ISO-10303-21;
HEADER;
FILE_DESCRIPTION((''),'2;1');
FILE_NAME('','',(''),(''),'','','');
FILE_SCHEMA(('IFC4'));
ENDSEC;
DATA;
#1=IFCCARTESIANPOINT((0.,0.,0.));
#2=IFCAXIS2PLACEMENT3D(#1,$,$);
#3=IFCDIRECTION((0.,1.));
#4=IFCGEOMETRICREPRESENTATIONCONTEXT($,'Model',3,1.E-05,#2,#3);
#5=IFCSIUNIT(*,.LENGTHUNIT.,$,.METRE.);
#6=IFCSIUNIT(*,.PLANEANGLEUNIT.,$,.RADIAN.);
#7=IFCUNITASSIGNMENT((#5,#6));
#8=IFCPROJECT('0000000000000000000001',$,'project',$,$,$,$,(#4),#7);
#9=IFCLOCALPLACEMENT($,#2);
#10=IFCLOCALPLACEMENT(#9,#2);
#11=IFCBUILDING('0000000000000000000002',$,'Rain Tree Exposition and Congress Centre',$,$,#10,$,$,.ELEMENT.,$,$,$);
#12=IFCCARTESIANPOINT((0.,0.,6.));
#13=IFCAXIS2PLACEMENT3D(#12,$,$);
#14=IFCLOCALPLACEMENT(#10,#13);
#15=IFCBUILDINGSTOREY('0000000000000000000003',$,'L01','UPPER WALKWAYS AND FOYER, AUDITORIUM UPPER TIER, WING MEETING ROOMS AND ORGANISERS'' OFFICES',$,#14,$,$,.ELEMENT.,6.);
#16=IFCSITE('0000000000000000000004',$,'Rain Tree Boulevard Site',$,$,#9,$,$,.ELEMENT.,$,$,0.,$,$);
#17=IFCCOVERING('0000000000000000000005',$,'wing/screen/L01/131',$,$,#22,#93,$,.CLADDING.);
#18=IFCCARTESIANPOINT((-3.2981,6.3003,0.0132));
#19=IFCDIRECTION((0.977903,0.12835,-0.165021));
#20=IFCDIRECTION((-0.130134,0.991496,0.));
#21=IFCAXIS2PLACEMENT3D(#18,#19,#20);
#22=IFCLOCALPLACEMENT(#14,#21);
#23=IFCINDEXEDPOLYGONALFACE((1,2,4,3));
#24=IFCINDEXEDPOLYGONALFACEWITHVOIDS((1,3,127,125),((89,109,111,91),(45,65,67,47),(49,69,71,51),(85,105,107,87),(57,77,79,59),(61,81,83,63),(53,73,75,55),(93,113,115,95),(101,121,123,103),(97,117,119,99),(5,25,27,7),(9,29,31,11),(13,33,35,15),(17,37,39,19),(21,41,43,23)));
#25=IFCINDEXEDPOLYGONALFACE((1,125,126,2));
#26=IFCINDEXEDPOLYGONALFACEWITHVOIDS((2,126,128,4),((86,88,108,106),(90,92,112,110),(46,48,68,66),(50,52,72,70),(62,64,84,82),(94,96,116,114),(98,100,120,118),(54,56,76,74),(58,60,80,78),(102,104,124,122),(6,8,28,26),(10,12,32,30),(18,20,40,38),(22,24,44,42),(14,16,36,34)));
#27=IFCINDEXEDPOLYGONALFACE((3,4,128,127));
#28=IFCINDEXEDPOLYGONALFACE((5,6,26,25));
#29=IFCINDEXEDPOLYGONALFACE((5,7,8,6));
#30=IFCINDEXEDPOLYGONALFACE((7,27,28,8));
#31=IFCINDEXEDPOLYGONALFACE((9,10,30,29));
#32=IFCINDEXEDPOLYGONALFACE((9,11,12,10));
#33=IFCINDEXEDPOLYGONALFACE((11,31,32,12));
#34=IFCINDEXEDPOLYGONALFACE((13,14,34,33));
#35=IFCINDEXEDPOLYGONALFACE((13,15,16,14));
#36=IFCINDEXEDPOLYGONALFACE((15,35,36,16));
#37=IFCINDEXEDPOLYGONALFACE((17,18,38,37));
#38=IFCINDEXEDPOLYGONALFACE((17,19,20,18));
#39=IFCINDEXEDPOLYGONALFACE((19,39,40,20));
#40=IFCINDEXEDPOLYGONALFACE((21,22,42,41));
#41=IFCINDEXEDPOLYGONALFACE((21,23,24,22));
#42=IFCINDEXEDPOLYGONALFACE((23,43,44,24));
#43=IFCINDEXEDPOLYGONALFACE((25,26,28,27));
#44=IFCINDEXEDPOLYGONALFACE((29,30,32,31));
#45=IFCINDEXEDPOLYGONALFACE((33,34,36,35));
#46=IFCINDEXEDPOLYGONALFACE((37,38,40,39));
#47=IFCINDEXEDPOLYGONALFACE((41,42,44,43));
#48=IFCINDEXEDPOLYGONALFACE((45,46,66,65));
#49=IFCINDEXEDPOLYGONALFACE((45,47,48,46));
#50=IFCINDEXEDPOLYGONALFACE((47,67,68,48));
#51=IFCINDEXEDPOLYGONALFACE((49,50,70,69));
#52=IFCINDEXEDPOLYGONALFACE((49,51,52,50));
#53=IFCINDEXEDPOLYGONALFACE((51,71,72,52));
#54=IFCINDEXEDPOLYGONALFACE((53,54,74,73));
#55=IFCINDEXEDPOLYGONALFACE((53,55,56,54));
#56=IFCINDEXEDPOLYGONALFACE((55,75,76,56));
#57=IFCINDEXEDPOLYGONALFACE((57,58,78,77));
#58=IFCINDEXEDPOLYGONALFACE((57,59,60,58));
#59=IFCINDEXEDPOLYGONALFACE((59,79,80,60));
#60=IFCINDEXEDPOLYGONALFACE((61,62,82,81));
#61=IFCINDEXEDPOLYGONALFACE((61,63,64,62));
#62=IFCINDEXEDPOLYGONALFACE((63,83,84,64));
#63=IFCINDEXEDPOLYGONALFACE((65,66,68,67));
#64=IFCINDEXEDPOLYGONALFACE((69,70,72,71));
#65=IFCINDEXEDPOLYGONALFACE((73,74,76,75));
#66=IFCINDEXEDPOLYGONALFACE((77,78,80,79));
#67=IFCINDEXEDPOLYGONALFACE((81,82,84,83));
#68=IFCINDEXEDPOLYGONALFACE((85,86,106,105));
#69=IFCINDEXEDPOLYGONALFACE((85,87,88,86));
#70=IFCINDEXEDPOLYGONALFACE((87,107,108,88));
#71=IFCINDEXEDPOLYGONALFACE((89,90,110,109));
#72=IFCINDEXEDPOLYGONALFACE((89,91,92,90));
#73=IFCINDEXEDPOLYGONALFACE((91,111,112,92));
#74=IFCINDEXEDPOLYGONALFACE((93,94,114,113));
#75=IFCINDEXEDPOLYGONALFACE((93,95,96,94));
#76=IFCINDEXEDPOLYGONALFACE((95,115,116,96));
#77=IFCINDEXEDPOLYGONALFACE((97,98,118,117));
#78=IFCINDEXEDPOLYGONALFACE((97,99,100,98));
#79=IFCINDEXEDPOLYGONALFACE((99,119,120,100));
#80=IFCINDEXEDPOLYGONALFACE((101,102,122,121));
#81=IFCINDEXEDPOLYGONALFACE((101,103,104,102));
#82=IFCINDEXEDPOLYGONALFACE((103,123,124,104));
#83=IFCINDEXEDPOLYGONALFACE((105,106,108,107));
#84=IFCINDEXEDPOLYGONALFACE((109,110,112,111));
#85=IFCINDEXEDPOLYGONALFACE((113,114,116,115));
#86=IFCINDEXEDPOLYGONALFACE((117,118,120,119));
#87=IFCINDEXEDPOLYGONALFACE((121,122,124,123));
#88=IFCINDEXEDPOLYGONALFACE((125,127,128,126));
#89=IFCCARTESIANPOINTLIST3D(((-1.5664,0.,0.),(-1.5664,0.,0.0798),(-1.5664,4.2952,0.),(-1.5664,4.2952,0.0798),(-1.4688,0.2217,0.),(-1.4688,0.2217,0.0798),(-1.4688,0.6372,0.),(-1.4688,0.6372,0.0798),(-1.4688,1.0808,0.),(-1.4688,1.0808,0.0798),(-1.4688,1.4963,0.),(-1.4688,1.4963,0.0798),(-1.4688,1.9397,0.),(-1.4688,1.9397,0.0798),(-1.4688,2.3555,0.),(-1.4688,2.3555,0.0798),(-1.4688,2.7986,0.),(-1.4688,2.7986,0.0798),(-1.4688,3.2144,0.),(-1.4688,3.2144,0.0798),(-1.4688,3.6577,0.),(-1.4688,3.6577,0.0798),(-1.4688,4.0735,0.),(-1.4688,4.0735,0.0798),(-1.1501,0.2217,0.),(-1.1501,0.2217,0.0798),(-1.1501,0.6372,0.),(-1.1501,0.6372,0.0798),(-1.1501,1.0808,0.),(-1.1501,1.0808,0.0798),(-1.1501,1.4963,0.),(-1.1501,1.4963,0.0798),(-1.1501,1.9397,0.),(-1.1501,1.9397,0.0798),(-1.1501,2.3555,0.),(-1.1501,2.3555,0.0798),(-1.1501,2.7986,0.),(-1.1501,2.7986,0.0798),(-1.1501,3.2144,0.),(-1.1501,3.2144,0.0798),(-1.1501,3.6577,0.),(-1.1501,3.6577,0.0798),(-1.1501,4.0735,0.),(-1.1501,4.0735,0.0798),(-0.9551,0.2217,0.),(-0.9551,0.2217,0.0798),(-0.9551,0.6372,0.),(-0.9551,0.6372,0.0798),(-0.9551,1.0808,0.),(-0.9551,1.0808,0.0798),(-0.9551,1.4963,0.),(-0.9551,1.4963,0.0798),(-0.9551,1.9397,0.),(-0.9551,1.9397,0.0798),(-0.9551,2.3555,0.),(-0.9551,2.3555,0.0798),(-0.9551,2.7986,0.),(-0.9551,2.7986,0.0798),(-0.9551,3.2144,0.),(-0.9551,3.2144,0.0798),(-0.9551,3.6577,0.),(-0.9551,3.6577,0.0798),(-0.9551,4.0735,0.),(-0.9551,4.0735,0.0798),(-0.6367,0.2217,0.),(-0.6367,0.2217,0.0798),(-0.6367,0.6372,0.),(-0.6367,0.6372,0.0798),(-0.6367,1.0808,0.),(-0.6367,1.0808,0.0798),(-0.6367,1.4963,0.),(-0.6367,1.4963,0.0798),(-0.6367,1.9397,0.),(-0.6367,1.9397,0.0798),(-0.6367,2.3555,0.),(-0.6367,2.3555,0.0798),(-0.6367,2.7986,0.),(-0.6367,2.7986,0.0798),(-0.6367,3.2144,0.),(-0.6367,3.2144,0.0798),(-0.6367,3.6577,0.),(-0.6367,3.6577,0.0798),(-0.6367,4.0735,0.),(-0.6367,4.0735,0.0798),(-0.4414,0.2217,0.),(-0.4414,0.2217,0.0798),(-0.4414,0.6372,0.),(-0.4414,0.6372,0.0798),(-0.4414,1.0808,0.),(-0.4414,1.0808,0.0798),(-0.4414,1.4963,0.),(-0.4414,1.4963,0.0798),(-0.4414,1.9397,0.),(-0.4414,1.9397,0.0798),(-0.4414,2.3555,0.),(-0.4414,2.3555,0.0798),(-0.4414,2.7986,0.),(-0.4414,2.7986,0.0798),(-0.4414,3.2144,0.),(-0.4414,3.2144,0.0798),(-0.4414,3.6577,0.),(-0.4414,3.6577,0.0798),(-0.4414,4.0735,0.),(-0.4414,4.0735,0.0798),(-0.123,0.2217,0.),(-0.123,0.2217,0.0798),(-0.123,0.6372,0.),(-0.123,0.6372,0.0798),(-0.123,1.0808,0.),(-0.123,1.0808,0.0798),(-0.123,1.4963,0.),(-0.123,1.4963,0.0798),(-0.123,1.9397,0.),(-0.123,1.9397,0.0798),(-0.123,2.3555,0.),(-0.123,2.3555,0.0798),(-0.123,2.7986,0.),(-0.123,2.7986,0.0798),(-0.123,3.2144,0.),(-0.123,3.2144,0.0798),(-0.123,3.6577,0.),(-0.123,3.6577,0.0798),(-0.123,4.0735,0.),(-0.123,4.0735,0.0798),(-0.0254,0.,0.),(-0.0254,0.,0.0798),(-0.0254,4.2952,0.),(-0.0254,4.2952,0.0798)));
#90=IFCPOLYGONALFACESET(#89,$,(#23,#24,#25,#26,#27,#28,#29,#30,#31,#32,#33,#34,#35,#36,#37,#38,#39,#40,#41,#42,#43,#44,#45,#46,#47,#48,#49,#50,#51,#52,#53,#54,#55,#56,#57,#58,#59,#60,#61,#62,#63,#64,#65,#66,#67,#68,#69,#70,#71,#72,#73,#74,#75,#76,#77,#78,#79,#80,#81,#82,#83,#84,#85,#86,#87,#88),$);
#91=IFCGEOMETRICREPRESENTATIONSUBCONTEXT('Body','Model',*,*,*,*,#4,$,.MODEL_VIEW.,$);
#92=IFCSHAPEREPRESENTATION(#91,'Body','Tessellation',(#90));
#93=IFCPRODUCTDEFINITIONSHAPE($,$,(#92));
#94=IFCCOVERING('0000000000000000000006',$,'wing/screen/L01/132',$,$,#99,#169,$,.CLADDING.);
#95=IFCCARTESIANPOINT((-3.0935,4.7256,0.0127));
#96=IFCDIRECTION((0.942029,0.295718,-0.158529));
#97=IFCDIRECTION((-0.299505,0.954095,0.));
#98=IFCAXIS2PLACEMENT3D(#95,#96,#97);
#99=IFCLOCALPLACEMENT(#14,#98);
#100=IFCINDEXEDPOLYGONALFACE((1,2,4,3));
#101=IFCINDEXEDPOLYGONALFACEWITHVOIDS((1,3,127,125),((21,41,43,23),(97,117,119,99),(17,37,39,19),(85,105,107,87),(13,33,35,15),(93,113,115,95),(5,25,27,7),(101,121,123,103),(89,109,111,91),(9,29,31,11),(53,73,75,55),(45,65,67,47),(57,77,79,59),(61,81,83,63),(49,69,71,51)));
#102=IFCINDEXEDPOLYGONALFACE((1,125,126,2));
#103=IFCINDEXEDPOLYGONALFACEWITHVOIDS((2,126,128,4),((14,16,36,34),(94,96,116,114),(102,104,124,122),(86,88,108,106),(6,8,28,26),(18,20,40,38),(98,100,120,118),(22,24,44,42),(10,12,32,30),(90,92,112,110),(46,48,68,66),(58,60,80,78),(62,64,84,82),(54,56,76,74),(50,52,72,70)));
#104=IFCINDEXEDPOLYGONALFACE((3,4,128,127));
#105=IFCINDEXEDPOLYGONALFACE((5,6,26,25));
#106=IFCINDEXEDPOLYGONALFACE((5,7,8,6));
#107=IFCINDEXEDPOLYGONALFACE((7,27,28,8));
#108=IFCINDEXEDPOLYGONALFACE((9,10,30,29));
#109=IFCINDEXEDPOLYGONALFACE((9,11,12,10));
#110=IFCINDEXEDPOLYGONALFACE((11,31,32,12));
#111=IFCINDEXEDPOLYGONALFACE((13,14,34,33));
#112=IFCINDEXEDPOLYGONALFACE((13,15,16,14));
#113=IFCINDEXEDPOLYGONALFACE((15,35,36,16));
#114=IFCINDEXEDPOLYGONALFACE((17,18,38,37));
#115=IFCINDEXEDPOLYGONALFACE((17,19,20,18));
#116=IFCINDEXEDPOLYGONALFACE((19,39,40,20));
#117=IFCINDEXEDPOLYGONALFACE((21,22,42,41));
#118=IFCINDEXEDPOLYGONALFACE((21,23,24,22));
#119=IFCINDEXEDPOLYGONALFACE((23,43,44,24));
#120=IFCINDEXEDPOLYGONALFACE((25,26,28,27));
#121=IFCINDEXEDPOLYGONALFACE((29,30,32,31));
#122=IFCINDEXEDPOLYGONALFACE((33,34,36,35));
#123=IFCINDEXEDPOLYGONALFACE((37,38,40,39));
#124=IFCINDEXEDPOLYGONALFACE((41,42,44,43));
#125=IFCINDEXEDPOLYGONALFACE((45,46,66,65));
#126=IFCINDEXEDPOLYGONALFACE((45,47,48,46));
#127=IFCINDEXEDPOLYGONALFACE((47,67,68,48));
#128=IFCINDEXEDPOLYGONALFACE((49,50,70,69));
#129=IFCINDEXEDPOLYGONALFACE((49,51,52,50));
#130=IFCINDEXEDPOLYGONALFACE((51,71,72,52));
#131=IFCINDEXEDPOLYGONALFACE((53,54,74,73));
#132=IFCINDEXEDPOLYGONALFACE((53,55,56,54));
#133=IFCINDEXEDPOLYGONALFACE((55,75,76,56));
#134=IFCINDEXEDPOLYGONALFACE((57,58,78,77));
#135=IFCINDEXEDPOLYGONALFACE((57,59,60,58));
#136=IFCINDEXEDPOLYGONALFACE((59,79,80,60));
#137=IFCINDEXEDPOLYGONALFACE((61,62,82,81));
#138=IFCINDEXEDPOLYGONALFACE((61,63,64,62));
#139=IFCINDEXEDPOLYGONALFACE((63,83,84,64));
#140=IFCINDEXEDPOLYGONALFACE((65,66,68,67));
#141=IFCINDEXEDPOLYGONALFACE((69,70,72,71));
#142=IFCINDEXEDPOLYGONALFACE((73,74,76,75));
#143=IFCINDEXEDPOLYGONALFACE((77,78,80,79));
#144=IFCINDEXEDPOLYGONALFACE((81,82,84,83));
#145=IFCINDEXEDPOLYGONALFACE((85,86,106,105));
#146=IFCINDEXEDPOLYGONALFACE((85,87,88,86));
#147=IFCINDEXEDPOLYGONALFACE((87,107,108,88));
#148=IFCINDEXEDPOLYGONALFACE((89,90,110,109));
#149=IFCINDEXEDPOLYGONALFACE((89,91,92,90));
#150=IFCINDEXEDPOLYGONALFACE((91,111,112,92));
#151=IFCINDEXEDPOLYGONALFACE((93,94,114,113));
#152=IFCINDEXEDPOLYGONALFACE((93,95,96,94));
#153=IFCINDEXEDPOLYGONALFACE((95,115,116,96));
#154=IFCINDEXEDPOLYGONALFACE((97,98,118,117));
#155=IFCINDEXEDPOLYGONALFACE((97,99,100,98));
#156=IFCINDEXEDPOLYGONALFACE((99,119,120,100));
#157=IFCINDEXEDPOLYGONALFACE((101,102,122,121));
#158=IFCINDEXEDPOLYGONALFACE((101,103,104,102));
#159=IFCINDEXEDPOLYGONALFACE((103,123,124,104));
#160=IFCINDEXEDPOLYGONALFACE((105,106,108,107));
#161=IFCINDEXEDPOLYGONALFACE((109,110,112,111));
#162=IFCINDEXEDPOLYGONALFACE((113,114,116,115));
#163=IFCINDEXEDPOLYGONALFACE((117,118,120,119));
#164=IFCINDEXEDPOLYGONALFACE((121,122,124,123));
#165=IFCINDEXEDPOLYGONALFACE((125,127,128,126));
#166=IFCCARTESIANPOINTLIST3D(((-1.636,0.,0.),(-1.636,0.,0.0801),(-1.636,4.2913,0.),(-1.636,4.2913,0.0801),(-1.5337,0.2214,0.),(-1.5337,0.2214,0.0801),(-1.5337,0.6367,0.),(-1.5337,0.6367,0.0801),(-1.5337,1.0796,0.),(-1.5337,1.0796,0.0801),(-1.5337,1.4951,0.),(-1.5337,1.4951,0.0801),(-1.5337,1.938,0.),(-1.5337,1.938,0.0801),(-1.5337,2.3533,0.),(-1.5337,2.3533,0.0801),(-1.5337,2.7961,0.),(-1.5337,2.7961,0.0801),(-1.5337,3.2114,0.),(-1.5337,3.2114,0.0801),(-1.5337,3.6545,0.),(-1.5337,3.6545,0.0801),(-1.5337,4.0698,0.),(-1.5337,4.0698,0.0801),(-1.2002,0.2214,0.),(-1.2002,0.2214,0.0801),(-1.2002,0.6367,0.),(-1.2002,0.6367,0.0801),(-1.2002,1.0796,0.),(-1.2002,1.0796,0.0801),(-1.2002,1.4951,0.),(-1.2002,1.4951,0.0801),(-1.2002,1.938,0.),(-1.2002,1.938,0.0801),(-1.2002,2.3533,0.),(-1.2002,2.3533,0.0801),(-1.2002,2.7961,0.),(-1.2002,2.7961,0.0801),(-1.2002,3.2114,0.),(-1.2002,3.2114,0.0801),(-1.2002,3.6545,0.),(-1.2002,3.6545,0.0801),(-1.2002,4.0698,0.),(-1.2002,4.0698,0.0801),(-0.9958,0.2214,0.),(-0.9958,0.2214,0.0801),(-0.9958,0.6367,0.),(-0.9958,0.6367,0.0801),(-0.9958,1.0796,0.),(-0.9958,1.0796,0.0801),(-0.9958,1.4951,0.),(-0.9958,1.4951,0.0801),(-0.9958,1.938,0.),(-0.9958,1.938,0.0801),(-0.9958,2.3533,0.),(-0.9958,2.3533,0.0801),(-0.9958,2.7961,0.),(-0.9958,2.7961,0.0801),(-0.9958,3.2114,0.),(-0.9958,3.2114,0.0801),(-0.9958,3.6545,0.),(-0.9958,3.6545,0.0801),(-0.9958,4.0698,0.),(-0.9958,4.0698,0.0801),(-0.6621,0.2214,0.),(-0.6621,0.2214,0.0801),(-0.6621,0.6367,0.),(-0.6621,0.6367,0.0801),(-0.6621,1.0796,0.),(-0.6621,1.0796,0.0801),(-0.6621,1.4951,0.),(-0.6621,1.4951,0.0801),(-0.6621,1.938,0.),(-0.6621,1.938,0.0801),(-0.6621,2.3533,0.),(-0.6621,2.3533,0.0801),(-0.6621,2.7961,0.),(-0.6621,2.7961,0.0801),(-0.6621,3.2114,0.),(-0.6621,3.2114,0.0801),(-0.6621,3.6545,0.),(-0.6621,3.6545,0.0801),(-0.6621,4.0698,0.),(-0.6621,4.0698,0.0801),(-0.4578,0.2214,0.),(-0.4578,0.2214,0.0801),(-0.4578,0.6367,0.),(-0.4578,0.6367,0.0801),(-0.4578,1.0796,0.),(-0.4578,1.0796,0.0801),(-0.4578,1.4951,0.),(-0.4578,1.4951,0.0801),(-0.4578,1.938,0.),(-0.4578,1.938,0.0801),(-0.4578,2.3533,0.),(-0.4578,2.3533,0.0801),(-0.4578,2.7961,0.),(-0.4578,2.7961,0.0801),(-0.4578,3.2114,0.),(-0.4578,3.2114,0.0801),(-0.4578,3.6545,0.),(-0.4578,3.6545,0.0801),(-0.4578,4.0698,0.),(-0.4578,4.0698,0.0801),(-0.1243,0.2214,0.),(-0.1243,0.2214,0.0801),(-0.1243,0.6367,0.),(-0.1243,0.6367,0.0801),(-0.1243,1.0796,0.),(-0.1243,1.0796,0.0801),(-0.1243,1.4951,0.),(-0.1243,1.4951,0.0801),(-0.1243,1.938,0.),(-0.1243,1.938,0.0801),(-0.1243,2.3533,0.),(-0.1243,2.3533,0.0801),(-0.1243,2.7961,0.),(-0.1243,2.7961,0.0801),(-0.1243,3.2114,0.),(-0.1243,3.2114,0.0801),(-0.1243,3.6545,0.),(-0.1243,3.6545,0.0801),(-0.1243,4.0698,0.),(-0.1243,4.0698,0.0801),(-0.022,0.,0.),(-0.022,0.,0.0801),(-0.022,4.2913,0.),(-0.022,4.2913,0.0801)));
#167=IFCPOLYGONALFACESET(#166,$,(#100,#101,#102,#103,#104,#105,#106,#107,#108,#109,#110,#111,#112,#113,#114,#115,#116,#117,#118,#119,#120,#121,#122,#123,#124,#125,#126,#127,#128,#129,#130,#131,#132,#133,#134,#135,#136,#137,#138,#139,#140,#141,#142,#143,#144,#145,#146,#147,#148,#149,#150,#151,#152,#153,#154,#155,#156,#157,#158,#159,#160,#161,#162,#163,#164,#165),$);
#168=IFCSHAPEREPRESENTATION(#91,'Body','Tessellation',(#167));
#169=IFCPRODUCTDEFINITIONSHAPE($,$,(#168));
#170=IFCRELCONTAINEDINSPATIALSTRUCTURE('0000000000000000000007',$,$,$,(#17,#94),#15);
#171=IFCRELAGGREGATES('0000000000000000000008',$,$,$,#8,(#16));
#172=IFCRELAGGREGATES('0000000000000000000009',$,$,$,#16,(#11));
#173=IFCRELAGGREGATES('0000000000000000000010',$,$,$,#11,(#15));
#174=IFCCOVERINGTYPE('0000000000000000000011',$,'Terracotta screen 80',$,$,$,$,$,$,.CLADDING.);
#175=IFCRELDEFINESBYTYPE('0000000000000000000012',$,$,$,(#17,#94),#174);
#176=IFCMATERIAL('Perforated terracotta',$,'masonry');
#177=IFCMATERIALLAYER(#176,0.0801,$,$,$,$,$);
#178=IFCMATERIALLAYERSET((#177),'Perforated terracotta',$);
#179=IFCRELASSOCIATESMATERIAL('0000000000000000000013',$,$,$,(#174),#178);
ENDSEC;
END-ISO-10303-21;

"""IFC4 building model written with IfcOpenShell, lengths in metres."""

from ifc_helpers import new_model, si_unit, direction, frame, origin, place, context, subcontext, project, spatial, polyline, outline, extrude, material, layer, layer_set, type_object, element, save


model = new_model("IFC4")

# Units and contexts
model_context = context("Model", 3, precision=1e-05, world=origin(), true_north=direction((0.0, 1.0)))
body_context = subcontext(model_context, "Body", "Model", "MODEL_VIEW")
ifc_project = project(units=[si_unit("LENGTHUNIT", "METRE"), si_unit("PLANEANGLEUNIT", "RADIAN")], contexts=[model_context])

# Site, building, storey
site_placement = place(None, origin())
site = spatial("IfcSite", under=ifc_project, at=site_placement, Name="Rain Tree Boulevard Site", CompositionType="ELEMENT", RefElevation=0.0)
building_placement = place(site_placement, origin())
building = spatial("IfcBuilding", under=site, at=building_placement, Name="Rain Tree Exposition and Congress Centre", CompositionType="ELEMENT")
storey_placement = place(building_placement, frame((0.0, 0.0, 6.0)))
storey = spatial("IfcBuildingStorey", under=building, at=storey_placement, Name="L01", Description="UPPER WALKWAYS AND FOYER, AUDITORIUM UPPER TIER, WING MEETING ROOMS AND ORGANISERS' OFFICES", CompositionType="ELEMENT", Elevation=6.0)

# Coverings
ifc_material_1 = material(Name="Perforated terracotta", Category="masonry")
ifc_layer_1 = layer(ifc_material_1, 0.0801)
ifc_layer_set_1 = layer_set([ifc_layer_1], Name="Perforated terracotta")
covering_type = type_object("IfcCoveringType", Name="Terracotta screen 80", PredefinedType="CLADDING", material=ifc_layer_set_1)
covering_1_placement = place(storey_placement, frame((-3.2981, 6.3003, 0.0132), z_axis=(0.977903, 0.12835, -0.165021), x_axis=(-0.130134, 0.991496, 0.0)))
element("IfcCovering", 1, at=covering_1_placement, inside=storey, type_object=covering_type, Name="wing/screen/L01/131", PredefinedType="CLADDING", context=body_context, shape_type="SweptSolid", body=[
    extrude(outline(polyline([(-1.5664, 0.0), (-1.5664, 4.2952), (-0.0254, 4.2952), (-0.0254, 0.0), (-1.5664, 0.0)]), holes=[polyline([(-0.123, 0.2217), (-0.123, 0.6372), (-0.4414, 0.6372), (-0.4414, 0.2217), (-0.123, 0.2217)]), polyline([(-0.123, 1.0808), (-0.123, 1.4963), (-0.4414, 1.4963), (-0.4414, 1.0808), (-0.123, 1.0808)]), polyline([(-0.123, 1.9397), (-0.123, 2.3555), (-0.4414, 2.3555), (-0.4414, 1.9397), (-0.123, 1.9397)]), polyline([(-0.123, 2.7986), (-0.123, 3.2144), (-0.4414, 3.2144), (-0.4414, 2.7986), (-0.123, 2.7986)]), polyline([(-0.123, 3.6577), (-0.123, 4.0735), (-0.4414, 4.0735), (-0.4414, 3.6577), (-0.123, 3.6577)]), polyline([(-0.6367, 0.2217), (-0.6367, 0.6372), (-0.9551, 0.6372), (-0.9551, 0.2217), (-0.6367, 0.2217)]), polyline([(-0.6367, 1.0808), (-0.6367, 1.4963), (-0.9551, 1.4963), (-0.9551, 1.0808), (-0.6367, 1.0808)]), polyline([(-0.6367, 1.9397), (-0.6367, 2.3555), (-0.9551, 2.3555), (-0.9551, 1.9397), (-0.6367, 1.9397)]), polyline([(-0.6367, 2.7986), (-0.6367, 3.2144), (-0.9551, 3.2144), (-0.9551, 2.7986), (-0.6367, 2.7986)]), polyline([(-0.6367, 3.6577), (-0.6367, 4.0735), (-0.9551, 4.0735), (-0.9551, 3.6577), (-0.6367, 3.6577)]), polyline([(-1.1501, 0.2217), (-1.1501, 0.6372), (-1.4688, 0.6372), (-1.4688, 0.2217), (-1.1501, 0.2217)]), polyline([(-1.1501, 1.0808), (-1.1501, 1.4963), (-1.4688, 1.4963), (-1.4688, 1.0808), (-1.1501, 1.0808)]), polyline([(-1.1501, 1.9397), (-1.1501, 2.3555), (-1.4688, 2.3555), (-1.4688, 1.9397), (-1.1501, 1.9397)]), polyline([(-1.1501, 2.7986), (-1.1501, 3.2144), (-1.4688, 3.2144), (-1.4688, 2.7986), (-1.1501, 2.7986)]), polyline([(-1.1501, 3.6577), (-1.1501, 4.0735), (-1.4688, 4.0735), (-1.4688, 3.6577), (-1.1501, 3.6577)])]), origin(), (0.0, 0.0, 1.0), 0.0798),
])
covering_2_placement = place(storey_placement, frame((-3.0935, 4.7256, 0.0127), z_axis=(0.942029, 0.295718, -0.158529), x_axis=(-0.299505, 0.954095, 0.0)))
element("IfcCovering", 2, at=covering_2_placement, inside=storey, type_object=covering_type, Name="wing/screen/L01/132", PredefinedType="CLADDING", context=body_context, shape_type="SweptSolid", body=[
    extrude(outline(polyline([(-1.636, 0.0), (-1.636, 4.2913), (-0.022, 4.2913), (-0.022, 0.0), (-1.636, 0.0)]), holes=[polyline([(-0.1243, 0.2214), (-0.1243, 0.6367), (-0.4578, 0.6367), (-0.4578, 0.2214), (-0.1243, 0.2214)]), polyline([(-0.1243, 1.0796), (-0.1243, 1.4951), (-0.4578, 1.4951), (-0.4578, 1.0796), (-0.1243, 1.0796)]), polyline([(-0.1243, 1.938), (-0.1243, 2.3533), (-0.4578, 2.3533), (-0.4578, 1.938), (-0.1243, 1.938)]), polyline([(-0.1243, 2.7961), (-0.1243, 3.2114), (-0.4578, 3.2114), (-0.4578, 2.7961), (-0.1243, 2.7961)]), polyline([(-0.1243, 3.6545), (-0.1243, 4.0698), (-0.4578, 4.0698), (-0.4578, 3.6545), (-0.1243, 3.6545)]), polyline([(-0.6621, 0.2214), (-0.6621, 0.6367), (-0.9958, 0.6367), (-0.9958, 0.2214), (-0.6621, 0.2214)]), polyline([(-0.6621, 1.0796), (-0.6621, 1.4951), (-0.9958, 1.4951), (-0.9958, 1.0796), (-0.6621, 1.0796)]), polyline([(-0.6621, 1.938), (-0.6621, 2.3533), (-0.9958, 2.3533), (-0.9958, 1.938), (-0.6621, 1.938)]), polyline([(-0.6621, 2.7961), (-0.6621, 3.2114), (-0.9958, 3.2114), (-0.9958, 2.7961), (-0.6621, 2.7961)]), polyline([(-0.6621, 3.6545), (-0.6621, 4.0698), (-0.9958, 4.0698), (-0.9958, 3.6545), (-0.6621, 3.6545)]), polyline([(-1.2002, 0.2214), (-1.2002, 0.6367), (-1.5337, 0.6367), (-1.5337, 0.2214), (-1.2002, 0.2214)]), polyline([(-1.2002, 1.0796), (-1.2002, 1.4951), (-1.5337, 1.4951), (-1.5337, 1.0796), (-1.2002, 1.0796)]), polyline([(-1.2002, 1.938), (-1.2002, 2.3533), (-1.5337, 2.3533), (-1.5337, 1.938), (-1.2002, 1.938)]), polyline([(-1.2002, 2.7961), (-1.2002, 3.2114), (-1.5337, 3.2114), (-1.5337, 2.7961), (-1.2002, 2.7961)]), polyline([(-1.2002, 3.6545), (-1.2002, 4.0698), (-1.5337, 4.0698), (-1.5337, 3.6545), (-1.2002, 3.6545)])]), origin(), (0.0, 0.0, 1.0), 0.0801),
])

save(model, "model.ifc")
